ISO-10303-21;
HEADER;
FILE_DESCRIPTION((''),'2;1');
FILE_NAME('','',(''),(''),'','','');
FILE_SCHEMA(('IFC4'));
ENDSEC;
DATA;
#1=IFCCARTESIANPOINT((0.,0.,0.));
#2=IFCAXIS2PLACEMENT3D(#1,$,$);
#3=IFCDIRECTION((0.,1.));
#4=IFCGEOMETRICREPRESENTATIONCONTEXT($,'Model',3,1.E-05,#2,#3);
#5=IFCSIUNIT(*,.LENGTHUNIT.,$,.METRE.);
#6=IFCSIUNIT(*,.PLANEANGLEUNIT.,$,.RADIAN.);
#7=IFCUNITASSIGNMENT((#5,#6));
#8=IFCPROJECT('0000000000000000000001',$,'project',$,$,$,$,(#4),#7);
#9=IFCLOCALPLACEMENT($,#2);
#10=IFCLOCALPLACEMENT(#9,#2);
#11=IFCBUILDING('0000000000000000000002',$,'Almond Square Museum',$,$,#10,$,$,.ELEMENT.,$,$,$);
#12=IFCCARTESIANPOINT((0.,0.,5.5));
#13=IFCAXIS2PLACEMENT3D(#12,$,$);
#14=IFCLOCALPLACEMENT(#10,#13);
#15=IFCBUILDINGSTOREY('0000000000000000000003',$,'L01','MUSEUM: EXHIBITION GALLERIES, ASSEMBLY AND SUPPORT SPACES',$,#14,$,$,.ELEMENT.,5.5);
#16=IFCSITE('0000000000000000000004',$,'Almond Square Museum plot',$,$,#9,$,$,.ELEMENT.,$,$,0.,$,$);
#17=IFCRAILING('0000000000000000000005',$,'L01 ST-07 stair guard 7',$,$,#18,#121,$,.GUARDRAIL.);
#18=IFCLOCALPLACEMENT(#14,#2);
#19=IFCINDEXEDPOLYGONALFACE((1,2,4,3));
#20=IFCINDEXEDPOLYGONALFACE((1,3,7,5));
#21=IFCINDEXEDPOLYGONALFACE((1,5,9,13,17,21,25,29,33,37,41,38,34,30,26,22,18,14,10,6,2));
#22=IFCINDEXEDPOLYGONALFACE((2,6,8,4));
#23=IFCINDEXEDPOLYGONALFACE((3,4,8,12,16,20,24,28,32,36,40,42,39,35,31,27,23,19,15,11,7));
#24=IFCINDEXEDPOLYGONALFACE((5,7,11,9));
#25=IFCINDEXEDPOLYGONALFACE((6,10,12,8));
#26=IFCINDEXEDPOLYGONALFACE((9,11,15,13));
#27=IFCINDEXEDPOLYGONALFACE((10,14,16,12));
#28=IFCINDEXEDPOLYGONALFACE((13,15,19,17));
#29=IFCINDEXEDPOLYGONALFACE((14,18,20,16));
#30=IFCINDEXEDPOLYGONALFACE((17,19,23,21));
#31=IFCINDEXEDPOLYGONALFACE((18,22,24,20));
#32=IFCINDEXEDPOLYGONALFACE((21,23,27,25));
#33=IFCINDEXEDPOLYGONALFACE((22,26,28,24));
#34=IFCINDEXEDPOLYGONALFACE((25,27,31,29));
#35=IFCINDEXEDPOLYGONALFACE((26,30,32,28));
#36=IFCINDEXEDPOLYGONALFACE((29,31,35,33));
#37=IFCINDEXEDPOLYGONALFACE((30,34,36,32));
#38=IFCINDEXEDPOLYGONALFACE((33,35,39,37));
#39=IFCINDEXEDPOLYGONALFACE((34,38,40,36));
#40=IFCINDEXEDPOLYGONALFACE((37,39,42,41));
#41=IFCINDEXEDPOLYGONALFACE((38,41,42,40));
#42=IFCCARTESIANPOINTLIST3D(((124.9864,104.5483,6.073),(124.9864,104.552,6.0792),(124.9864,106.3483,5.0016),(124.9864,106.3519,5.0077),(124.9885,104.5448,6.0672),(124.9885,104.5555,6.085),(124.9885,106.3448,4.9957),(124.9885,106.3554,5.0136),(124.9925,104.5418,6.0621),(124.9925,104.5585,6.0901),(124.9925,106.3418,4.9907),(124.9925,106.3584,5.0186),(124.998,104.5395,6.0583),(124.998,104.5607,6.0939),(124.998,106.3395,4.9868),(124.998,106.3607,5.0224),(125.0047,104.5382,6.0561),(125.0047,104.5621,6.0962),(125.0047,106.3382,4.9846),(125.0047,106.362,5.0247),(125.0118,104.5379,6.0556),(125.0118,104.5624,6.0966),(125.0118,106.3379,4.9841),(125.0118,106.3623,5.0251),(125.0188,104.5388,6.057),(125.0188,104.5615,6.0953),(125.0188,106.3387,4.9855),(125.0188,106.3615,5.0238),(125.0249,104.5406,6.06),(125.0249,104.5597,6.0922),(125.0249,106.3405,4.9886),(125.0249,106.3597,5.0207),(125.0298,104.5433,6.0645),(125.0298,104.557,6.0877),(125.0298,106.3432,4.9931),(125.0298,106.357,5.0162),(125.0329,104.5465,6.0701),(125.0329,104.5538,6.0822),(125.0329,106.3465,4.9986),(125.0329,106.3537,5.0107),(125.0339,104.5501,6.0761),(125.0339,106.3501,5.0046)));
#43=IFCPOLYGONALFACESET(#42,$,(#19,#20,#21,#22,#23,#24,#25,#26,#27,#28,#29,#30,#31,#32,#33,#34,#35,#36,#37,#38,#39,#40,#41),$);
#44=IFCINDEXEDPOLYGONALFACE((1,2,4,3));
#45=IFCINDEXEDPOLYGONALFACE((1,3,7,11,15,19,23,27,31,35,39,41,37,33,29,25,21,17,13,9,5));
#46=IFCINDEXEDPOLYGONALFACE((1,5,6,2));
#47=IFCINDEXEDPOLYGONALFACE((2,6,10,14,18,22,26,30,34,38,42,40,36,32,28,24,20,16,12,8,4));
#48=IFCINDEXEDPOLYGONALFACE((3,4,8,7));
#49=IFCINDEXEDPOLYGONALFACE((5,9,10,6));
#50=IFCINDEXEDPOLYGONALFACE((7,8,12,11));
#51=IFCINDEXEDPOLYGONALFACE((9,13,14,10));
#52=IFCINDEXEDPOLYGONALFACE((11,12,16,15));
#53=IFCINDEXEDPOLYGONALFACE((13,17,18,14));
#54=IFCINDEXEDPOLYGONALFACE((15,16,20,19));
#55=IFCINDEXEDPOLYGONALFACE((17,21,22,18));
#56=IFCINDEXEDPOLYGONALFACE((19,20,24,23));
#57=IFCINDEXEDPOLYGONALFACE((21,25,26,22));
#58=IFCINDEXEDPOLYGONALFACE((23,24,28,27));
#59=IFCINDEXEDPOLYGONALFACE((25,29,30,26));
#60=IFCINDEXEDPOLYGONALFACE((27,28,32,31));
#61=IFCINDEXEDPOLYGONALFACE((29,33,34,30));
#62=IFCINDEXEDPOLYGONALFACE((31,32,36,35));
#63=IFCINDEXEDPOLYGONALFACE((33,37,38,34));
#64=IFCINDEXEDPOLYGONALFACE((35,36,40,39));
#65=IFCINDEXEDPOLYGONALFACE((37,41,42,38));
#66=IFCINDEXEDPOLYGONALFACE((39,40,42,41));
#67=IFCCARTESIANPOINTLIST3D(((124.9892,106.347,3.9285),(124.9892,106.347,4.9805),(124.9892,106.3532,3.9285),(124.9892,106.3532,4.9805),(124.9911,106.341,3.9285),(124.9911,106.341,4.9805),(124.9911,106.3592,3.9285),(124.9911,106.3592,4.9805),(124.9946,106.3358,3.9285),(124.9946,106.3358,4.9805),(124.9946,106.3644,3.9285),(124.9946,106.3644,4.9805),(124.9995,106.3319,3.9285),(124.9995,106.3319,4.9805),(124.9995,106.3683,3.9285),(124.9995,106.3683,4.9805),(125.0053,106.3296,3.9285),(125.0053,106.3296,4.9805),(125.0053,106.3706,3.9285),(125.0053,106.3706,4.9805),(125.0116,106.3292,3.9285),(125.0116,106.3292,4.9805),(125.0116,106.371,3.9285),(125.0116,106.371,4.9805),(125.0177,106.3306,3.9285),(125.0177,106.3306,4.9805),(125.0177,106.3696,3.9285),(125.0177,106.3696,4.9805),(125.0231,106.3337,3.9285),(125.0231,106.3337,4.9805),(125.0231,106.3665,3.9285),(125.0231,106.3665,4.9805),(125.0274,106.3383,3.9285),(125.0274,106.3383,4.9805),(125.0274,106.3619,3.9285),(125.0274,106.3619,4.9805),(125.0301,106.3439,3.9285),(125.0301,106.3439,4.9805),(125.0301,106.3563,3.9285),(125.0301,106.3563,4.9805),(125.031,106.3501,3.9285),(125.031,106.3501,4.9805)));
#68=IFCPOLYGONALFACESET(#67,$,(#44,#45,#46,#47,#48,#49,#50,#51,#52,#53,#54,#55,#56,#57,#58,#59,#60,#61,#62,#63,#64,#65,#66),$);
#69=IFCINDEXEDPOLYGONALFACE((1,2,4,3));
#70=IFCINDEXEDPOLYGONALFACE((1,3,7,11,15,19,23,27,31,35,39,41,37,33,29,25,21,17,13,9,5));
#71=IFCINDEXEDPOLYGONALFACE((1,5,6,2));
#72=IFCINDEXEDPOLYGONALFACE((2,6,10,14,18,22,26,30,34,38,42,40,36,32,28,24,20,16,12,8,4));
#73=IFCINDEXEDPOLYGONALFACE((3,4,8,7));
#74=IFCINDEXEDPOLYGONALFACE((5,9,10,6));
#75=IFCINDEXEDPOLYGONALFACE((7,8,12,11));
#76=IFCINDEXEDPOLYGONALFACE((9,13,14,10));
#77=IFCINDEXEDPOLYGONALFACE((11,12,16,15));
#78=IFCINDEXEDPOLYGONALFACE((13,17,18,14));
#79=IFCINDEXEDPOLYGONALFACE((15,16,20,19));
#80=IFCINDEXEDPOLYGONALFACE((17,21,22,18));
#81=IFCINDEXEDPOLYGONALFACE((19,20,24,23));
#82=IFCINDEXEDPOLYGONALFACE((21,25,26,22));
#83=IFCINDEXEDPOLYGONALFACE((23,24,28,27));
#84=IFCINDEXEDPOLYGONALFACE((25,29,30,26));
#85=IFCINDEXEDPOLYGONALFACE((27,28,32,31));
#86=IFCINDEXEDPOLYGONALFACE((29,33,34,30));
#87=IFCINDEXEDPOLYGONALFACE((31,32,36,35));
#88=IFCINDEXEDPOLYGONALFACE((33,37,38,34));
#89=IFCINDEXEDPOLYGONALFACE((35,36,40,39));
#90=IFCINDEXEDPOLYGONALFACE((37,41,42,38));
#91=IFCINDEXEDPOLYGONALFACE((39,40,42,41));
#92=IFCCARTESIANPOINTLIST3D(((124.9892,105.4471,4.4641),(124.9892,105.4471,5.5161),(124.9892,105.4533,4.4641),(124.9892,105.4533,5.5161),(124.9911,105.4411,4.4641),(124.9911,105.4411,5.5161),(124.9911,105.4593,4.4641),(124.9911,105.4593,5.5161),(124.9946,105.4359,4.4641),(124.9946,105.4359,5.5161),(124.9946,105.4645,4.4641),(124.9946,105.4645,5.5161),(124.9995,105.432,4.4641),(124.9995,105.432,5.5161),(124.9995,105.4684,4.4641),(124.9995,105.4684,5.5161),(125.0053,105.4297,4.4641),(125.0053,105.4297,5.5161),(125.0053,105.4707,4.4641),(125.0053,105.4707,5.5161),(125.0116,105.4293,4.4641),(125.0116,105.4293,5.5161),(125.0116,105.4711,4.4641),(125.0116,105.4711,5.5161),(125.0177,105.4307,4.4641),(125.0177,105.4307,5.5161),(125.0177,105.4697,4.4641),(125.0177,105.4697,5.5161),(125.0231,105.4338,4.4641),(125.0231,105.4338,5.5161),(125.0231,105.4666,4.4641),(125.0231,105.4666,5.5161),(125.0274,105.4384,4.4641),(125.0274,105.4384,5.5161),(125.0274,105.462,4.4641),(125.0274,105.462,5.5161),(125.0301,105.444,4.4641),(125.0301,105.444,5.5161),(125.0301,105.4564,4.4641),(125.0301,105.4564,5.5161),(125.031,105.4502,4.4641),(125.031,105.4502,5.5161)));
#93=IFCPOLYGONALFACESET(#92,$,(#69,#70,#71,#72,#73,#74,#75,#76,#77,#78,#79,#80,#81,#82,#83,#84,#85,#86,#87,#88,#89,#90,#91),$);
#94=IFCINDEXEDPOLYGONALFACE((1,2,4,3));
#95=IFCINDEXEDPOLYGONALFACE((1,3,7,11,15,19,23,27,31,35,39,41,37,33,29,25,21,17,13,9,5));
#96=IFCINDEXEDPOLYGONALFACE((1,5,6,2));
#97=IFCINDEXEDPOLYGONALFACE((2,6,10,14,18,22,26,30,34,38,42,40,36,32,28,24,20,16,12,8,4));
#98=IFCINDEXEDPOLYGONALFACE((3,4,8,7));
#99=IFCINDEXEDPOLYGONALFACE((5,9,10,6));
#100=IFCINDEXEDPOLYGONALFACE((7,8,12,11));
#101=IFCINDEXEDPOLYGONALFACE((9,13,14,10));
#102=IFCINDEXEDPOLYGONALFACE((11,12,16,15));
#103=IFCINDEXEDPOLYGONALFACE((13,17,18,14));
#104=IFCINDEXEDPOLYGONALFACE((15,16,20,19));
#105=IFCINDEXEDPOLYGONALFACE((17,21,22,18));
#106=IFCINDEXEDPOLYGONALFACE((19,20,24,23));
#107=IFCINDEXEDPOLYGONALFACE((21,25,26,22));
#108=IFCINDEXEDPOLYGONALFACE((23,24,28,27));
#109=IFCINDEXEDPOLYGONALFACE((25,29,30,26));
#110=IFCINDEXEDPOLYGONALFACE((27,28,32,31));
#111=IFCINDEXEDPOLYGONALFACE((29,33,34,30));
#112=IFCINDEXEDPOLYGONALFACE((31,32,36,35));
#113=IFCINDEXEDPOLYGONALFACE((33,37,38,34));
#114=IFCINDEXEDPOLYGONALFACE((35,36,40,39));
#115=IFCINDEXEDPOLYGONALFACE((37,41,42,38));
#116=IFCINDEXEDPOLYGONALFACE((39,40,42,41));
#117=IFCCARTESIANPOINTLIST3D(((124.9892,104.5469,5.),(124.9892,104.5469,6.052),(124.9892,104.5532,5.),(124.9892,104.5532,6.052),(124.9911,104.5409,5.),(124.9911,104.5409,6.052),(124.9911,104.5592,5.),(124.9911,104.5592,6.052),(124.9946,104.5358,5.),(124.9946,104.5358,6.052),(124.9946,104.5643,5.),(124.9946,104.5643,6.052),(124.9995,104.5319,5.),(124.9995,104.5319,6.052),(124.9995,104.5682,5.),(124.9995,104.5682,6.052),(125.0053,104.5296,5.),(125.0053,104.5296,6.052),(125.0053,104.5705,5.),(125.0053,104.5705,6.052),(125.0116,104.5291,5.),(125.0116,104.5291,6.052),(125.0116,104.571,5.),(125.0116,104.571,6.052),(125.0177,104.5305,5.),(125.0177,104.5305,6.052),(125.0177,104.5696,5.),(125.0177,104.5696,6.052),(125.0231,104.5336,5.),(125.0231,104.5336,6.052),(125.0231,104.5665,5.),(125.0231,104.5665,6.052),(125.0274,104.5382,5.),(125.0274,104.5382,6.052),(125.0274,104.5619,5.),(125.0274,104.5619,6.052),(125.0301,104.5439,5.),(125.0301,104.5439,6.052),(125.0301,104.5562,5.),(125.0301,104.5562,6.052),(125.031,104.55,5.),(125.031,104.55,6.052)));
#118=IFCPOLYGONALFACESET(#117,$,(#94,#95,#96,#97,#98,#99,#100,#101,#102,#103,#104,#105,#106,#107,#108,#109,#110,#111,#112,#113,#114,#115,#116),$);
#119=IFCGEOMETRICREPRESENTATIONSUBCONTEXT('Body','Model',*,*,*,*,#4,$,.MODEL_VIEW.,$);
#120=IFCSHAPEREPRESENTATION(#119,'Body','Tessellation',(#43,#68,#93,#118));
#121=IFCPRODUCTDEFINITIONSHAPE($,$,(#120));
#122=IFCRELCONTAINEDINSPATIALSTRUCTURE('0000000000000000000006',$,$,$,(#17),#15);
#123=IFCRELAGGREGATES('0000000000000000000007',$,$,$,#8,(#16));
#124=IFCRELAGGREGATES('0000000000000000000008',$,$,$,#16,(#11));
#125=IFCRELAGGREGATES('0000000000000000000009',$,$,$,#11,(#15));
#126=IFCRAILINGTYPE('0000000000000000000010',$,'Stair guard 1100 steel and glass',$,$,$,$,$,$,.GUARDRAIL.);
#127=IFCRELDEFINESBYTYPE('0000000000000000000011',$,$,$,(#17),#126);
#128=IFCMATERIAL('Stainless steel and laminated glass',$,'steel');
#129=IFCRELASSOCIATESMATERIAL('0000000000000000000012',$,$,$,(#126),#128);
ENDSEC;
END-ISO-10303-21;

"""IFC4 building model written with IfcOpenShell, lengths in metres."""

from ifc_helpers import new_model, si_unit, direction, frame, origin, origin_2d, place, context, subcontext, project, spatial, circle, extrude, material, type_object, element, save


model = new_model("IFC4")

# Units and contexts
model_context = context("Model", 3, precision=1e-05, world=origin(), true_north=direction((0.0, 1.0)))
body_context = subcontext(model_context, "Body", "Model", "MODEL_VIEW")
ifc_project = project(units=[si_unit("LENGTHUNIT", "METRE"), si_unit("PLANEANGLEUNIT", "RADIAN")], contexts=[model_context])

# Site, building, storey
site_placement = place(None, origin())
site = spatial("IfcSite", under=ifc_project, at=site_placement, Name="Almond Square Museum plot", CompositionType="ELEMENT", RefElevation=0.0)
building_placement = place(site_placement, origin())
building = spatial("IfcBuilding", under=site, at=building_placement, Name="Almond Square Museum", CompositionType="ELEMENT")
storey_placement = place(building_placement, frame((0.0, 0.0, 5.5)))
storey = spatial("IfcBuildingStorey", under=building, at=storey_placement, Name="L01", Description="MUSEUM: EXHIBITION GALLERIES, ASSEMBLY AND SUPPORT SPACES", CompositionType="ELEMENT", Elevation=5.5)

# Railing
ifc_material_1 = material(Name="Stainless steel and laminated glass", Category="steel")
railing_type_1 = type_object("IfcRailingType", Name="Stair guard 1100 steel and glass", PredefinedType="GUARDRAIL", material=ifc_material_1)
railing_1_placement = place(storey_placement, frame((125.01, 106.3501, 3.9285)))
element("IfcRailing", 1, at=railing_1_placement, inside=storey, type_object=railing_type_1, Name="L01 ST-07 stair guard 7", PredefinedType="GUARDRAIL", context=body_context, shape_type="SweptSolid", body=[
    extrude(circle(Radius=0.0239, at=origin_2d()), frame((0.0, 0.0, 1.0762), z_axis=(0.0, -0.859277, 0.51151), x_axis=(1.0, 0.0, 0.0)), (0.0, 0.0, 1.0), 2.0947),
    extrude(circle(Radius=0.021, at=origin_2d()), origin(), (0.0, 0.0, 1.0), 1.052),
    extrude(circle(Radius=0.021, at=origin_2d()), frame((0.0, -0.8999, 0.5356)), (0.0, 0.0, 1.0), 1.052),
    extrude(circle(Radius=0.021, at=origin_2d()), frame((0.0, -1.8, 1.0715)), (0.0, 0.0, 1.0), 1.052),
])

save(model, "model.ifc")
